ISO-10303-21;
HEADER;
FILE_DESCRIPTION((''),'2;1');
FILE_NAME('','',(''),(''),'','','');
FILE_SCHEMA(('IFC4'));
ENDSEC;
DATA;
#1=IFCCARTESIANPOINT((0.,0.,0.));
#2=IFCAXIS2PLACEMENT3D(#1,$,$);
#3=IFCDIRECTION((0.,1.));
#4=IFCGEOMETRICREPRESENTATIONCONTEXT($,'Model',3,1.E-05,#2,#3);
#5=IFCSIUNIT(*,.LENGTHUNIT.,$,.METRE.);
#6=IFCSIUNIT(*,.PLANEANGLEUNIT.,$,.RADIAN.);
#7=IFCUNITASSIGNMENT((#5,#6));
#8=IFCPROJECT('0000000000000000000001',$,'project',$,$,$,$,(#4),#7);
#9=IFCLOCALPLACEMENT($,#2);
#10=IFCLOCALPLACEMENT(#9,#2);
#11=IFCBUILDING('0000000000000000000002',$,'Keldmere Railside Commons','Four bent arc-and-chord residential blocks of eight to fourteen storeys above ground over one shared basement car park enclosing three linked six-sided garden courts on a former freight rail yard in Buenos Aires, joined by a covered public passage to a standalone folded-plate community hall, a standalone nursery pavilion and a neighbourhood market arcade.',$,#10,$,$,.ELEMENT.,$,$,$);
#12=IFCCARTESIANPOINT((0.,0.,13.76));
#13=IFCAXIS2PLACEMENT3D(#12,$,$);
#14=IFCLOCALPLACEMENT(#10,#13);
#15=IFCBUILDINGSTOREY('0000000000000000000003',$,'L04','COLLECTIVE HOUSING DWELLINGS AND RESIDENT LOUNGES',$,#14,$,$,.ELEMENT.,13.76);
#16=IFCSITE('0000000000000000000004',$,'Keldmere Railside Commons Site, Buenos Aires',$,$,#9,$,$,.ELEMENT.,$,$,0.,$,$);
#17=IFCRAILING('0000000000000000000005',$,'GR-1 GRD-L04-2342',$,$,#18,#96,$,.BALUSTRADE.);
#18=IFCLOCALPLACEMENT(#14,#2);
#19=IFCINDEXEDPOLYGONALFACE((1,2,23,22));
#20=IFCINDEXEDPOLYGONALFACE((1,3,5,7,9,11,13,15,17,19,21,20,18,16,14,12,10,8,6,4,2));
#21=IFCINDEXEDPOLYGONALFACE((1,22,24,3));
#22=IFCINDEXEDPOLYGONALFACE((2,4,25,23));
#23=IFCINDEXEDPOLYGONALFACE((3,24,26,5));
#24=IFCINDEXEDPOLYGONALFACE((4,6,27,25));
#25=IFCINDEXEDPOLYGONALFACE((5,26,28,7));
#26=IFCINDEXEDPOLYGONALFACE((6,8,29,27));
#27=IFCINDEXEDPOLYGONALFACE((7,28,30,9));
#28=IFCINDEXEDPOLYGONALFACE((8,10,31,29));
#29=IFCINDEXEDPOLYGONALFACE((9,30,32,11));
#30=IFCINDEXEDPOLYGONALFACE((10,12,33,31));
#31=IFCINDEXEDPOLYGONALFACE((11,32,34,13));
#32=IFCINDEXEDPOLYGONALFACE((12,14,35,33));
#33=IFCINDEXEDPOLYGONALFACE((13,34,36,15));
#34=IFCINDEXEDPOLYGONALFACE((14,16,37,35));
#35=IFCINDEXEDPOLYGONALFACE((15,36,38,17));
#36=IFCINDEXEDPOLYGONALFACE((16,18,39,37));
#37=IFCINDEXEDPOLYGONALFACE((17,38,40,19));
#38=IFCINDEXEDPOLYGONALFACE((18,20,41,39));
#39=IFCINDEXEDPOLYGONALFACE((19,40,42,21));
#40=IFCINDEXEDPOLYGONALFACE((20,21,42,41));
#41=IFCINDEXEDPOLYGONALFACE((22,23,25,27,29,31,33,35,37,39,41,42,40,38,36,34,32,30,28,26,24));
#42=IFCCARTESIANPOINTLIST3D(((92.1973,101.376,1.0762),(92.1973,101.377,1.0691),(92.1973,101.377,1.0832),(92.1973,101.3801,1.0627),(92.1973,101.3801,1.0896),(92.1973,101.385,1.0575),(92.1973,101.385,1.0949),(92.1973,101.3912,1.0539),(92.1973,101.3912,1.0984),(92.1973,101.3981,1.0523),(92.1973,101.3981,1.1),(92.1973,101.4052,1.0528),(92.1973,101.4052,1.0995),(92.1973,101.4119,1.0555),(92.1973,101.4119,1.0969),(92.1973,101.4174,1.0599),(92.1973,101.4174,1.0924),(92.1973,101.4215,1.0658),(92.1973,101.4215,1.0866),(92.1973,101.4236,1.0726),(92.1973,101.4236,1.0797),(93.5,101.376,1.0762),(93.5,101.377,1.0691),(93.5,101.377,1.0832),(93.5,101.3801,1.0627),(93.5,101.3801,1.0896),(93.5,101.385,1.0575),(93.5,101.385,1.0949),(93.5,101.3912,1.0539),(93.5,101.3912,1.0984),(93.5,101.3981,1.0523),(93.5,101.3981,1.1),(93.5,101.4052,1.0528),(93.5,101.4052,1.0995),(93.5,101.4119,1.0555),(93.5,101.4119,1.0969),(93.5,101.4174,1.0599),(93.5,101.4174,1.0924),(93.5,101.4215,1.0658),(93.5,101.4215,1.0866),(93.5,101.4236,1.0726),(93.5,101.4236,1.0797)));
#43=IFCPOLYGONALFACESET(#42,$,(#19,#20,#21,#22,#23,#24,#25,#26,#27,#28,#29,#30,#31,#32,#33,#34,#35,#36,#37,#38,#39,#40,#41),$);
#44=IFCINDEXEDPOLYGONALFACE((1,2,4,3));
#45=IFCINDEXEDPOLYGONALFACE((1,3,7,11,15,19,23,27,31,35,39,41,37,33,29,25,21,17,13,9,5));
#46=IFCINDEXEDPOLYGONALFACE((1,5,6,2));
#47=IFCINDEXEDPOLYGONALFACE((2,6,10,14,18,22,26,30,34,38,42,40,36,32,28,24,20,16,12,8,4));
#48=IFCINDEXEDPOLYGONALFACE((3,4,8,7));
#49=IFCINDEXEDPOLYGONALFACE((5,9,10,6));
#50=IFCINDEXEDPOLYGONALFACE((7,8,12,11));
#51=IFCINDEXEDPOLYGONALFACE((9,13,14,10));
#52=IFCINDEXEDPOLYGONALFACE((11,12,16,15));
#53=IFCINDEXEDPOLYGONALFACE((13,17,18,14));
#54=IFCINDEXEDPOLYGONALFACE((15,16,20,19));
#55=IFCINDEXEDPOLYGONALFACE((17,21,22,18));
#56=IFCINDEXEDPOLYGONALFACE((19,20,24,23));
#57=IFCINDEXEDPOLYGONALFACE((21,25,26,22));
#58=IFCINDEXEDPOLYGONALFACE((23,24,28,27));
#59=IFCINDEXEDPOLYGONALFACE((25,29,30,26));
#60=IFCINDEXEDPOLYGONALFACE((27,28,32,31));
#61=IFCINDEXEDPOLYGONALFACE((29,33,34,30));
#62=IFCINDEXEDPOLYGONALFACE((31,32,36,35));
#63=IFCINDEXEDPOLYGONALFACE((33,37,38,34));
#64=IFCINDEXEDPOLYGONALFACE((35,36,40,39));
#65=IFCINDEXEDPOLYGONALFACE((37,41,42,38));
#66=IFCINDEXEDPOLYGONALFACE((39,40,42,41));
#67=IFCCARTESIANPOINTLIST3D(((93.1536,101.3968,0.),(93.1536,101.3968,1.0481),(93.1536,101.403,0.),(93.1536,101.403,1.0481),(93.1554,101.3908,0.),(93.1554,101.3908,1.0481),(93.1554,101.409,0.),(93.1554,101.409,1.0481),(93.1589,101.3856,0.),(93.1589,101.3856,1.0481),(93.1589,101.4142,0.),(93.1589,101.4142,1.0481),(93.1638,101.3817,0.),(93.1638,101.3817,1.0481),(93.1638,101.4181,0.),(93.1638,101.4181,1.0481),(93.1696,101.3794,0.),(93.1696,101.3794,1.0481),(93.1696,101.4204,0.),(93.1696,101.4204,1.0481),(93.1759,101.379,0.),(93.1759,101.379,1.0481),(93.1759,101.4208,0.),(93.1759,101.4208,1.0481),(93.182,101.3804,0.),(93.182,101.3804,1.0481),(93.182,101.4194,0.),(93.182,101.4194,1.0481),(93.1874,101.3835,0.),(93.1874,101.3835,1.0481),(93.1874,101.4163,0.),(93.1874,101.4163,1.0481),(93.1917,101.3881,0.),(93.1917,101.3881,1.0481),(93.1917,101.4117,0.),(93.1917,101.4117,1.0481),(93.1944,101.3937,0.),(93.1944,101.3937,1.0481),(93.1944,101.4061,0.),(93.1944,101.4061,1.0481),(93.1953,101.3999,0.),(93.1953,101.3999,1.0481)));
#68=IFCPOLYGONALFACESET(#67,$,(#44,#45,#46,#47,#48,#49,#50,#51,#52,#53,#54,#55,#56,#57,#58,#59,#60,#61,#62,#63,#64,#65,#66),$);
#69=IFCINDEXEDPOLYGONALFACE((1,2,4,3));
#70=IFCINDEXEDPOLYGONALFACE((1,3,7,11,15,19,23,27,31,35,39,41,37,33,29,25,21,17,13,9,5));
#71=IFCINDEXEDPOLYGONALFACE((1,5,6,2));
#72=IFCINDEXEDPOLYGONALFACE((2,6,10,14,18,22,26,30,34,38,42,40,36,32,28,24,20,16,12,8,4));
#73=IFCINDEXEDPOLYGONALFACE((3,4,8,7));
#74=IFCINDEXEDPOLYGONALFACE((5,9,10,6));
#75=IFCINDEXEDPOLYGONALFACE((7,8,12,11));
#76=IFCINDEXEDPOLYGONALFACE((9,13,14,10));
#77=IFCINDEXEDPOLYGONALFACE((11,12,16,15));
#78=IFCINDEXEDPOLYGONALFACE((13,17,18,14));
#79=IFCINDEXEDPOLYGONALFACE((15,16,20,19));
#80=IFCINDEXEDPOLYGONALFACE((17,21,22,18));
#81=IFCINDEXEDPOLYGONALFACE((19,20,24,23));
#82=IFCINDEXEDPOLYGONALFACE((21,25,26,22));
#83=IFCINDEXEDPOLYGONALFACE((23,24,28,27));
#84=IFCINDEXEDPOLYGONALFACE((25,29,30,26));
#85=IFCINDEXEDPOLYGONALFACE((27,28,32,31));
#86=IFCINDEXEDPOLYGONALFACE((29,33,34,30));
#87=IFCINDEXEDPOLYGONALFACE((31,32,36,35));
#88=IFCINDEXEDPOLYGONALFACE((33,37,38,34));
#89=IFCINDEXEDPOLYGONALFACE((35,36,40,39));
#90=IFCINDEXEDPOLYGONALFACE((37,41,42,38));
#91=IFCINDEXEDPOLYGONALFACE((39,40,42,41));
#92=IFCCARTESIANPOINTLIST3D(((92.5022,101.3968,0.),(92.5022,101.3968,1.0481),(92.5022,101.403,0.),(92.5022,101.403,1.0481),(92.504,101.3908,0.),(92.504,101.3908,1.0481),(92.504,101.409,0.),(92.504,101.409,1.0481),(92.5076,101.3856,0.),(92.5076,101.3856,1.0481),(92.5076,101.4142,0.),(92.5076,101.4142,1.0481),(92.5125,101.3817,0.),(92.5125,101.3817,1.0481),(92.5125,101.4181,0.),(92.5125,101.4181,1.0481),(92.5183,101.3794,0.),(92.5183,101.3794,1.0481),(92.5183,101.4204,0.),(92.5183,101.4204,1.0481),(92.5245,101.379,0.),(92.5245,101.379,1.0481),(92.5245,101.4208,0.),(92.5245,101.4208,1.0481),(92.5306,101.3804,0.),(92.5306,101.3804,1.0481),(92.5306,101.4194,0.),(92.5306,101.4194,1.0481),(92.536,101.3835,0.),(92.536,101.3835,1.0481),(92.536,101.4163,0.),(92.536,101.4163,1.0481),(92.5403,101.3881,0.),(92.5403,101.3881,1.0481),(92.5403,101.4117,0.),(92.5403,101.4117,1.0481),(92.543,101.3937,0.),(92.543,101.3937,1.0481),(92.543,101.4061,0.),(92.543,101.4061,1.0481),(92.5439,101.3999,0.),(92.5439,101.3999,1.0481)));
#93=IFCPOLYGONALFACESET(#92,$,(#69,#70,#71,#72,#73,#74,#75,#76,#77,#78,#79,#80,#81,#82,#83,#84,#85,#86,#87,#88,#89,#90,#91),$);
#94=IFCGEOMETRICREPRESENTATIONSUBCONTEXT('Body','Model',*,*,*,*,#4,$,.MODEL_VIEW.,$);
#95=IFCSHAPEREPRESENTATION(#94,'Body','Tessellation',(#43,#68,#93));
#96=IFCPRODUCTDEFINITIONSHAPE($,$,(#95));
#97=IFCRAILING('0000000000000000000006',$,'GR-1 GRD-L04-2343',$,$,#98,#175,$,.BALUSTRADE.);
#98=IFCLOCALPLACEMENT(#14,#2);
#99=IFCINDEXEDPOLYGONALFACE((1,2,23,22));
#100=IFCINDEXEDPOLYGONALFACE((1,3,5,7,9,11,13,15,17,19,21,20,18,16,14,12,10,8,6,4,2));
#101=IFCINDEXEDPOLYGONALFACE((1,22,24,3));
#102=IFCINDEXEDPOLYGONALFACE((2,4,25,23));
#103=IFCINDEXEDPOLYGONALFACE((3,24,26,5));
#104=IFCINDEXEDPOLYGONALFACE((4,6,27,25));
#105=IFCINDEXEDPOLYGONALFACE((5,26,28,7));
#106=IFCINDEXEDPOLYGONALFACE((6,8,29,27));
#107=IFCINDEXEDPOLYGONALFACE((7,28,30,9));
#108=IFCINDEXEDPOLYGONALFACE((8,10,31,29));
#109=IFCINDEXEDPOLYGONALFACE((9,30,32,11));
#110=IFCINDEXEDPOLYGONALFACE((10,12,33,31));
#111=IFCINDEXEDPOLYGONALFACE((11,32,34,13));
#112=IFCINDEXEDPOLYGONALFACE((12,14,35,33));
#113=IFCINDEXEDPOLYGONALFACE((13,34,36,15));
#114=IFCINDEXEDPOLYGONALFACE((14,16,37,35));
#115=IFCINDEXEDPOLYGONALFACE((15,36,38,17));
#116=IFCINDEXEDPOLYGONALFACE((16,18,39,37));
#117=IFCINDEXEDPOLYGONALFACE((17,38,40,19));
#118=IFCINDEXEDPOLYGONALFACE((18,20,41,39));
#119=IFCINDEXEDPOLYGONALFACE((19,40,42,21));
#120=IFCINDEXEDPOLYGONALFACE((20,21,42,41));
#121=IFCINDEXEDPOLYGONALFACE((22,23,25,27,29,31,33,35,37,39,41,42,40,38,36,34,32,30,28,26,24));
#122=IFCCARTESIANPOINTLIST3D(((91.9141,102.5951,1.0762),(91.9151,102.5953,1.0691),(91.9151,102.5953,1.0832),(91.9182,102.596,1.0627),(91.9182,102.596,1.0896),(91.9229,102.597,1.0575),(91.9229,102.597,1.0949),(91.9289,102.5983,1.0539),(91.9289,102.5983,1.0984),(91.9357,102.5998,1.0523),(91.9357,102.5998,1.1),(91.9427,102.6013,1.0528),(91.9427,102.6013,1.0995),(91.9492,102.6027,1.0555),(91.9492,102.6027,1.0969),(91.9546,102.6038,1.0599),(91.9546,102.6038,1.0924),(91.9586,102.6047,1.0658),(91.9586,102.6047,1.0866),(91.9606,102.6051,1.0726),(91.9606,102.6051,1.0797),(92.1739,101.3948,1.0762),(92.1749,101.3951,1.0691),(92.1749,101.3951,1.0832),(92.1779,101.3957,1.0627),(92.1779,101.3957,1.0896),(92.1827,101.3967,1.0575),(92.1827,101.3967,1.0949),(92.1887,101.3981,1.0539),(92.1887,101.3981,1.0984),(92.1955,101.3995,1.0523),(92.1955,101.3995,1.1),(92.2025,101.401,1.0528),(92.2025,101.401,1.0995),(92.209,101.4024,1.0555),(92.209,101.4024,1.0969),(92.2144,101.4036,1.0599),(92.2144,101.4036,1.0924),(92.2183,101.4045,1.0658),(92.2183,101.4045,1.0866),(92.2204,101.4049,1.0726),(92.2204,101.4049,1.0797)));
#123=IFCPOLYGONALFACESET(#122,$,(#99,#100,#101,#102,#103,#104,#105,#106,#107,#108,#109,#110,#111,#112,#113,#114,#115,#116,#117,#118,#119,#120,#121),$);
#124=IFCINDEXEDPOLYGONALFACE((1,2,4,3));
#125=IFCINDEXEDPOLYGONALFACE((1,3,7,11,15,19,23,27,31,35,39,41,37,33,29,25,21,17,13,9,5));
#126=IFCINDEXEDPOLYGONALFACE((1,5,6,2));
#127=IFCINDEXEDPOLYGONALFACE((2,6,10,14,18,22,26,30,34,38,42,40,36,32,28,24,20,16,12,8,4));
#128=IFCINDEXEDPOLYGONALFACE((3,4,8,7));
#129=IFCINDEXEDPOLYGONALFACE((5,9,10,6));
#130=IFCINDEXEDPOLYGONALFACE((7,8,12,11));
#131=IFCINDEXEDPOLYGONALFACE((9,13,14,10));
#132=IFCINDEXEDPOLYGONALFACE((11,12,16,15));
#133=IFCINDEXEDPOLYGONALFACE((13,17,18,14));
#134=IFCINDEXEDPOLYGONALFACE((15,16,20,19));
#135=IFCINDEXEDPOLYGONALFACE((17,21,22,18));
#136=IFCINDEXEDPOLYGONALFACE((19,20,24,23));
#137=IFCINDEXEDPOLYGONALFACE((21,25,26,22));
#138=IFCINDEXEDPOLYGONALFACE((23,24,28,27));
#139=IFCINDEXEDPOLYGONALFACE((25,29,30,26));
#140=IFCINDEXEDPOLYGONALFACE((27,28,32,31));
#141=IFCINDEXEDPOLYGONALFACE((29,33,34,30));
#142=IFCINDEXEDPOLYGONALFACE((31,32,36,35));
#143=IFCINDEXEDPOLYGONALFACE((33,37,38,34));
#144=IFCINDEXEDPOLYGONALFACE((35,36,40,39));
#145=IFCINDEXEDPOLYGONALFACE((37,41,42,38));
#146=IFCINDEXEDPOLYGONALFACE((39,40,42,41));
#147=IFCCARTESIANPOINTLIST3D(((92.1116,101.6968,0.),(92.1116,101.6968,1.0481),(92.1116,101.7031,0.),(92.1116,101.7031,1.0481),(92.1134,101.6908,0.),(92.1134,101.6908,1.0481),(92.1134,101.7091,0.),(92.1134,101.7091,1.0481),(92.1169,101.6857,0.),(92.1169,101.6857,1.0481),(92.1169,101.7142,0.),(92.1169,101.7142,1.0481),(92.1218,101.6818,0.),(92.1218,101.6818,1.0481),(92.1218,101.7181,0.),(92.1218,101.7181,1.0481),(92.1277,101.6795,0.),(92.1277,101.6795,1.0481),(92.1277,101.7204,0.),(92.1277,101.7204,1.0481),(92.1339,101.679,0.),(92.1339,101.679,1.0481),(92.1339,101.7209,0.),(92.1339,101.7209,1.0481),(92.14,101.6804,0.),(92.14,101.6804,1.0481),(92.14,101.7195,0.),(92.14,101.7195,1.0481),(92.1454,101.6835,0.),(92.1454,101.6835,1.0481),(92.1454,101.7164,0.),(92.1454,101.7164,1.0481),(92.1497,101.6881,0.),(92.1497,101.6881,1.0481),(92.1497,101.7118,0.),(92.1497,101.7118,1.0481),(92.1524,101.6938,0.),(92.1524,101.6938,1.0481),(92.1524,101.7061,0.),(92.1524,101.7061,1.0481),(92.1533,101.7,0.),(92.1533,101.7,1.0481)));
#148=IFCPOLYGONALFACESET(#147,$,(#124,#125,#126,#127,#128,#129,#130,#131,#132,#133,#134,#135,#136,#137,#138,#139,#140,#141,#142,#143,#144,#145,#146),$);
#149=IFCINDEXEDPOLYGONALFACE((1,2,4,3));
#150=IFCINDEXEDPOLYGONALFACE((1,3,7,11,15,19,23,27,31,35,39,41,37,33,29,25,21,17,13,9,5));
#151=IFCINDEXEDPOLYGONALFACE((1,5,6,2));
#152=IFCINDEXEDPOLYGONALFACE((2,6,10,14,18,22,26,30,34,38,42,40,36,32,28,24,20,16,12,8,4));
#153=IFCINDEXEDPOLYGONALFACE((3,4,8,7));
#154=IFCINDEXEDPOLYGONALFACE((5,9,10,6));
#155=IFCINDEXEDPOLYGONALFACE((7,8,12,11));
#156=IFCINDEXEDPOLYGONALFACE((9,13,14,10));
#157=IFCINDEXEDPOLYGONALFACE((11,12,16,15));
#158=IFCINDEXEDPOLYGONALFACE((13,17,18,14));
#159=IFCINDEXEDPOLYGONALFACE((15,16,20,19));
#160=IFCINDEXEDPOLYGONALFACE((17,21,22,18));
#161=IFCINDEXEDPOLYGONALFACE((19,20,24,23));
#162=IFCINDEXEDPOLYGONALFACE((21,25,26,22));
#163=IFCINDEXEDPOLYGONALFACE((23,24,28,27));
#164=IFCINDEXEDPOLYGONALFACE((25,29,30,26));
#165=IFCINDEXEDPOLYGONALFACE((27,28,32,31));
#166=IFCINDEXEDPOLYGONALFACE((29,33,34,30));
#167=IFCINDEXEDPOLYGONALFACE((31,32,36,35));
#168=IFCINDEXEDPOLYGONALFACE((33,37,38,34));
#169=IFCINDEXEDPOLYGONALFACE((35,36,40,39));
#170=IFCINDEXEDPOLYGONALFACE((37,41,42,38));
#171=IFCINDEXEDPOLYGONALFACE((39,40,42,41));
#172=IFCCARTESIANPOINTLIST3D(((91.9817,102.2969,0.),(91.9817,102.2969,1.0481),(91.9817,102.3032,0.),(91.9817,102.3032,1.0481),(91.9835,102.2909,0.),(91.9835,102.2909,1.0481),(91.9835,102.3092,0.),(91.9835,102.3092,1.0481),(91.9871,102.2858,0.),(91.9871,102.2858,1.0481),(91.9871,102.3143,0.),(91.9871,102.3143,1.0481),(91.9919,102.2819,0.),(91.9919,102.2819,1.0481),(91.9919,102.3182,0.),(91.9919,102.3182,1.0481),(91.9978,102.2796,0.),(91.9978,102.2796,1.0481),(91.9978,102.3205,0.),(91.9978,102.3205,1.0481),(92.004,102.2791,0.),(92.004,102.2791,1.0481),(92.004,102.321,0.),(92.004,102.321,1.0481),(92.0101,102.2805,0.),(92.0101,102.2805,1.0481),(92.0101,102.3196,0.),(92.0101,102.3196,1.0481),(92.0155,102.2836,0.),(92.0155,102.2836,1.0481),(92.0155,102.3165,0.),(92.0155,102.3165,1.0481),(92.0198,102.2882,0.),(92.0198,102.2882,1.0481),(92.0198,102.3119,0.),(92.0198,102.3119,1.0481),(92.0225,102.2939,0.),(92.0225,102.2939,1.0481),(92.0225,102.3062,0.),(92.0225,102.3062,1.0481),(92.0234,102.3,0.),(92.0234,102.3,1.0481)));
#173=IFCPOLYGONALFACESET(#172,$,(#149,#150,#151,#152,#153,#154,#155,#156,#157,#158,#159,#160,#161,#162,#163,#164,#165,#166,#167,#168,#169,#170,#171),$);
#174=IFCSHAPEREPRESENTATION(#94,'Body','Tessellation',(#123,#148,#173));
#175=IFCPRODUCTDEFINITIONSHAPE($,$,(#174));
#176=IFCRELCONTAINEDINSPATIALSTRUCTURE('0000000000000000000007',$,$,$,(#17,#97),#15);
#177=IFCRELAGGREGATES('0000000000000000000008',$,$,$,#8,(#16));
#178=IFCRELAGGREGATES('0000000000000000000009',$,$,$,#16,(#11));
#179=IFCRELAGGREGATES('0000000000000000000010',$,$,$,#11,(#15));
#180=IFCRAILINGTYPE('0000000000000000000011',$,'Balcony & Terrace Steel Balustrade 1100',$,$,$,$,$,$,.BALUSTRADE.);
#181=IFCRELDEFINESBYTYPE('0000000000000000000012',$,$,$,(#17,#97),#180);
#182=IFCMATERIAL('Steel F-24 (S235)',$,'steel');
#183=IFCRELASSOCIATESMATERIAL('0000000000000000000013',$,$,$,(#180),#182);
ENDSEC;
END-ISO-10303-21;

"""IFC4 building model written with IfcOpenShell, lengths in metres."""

from ifc_helpers import new_model, si_unit, direction, frame, origin, origin_2d, place, context, subcontext, project, spatial, circle, extrude, material, type_object, element, save


model = new_model("IFC4")

# Units and contexts
model_context = context("Model", 3, precision=1e-05, world=origin(), true_north=direction((0.0, 1.0)))
body_context = subcontext(model_context, "Body", "Model", "MODEL_VIEW")
ifc_project = project(units=[si_unit("LENGTHUNIT", "METRE"), si_unit("PLANEANGLEUNIT", "RADIAN")], contexts=[model_context])

# Site, building, storey
site_placement = place(None, origin())
site = spatial("IfcSite", under=ifc_project, at=site_placement, Name="Keldmere Railside Commons Site, Buenos Aires", CompositionType="ELEMENT", RefElevation=0.0)
building_placement = place(site_placement, origin())
building = spatial("IfcBuilding", under=site, at=building_placement, Name="Keldmere Railside Commons", Description="Four bent arc-and-chord residential blocks of eight to fourteen storeys above ground over one shared basement car park enclosing three linked six-sided garden courts on a former freight rail yard in Buenos Aires, joined by a covered public passage to a standalone folded-plate community hall, a standalone nursery pavilion and a neighbourhood market arcade.", CompositionType="ELEMENT")
storey_placement = place(building_placement, frame((0.0, 0.0, 13.76)))
storey = spatial("IfcBuildingStorey", under=building, at=storey_placement, Name="L04", Description="COLLECTIVE HOUSING DWELLINGS AND RESIDENT LOUNGES", CompositionType="ELEMENT", Elevation=13.76)

# Railings
ifc_material = material(Name="Steel F-24 (S235)", Category="steel")
railing_type = type_object("IfcRailingType", Name="Balcony & Terrace Steel Balustrade 1100", PredefinedType="BALUSTRADE", material=ifc_material)
railing_1_placement = place(storey_placement, frame((93.5, 101.3999, 0.0)))
element("IfcRailing", 1, at=railing_1_placement, inside=storey, type_object=railing_type, Name="GR-1 GRD-L04-2342", PredefinedType="BALUSTRADE", context=body_context, shape_type="SweptSolid", body=[
    extrude(circle(Radius=0.0239, at=origin_2d()), frame((0.0, 0.0, 1.0762), z_axis=(-1.0, 0.0, 0.0), x_axis=(0.0, -1.0, 0.0)), (0.0, 0.0, 1.0), 1.3027),
    extrude(circle(Radius=0.021, at=origin_2d()), frame((-0.3257, 0.0, 0.0)), (0.0, 0.0, 1.0), 1.0481),
    extrude(circle(Radius=0.021, at=origin_2d()), frame((-0.9771, 0.0, 0.0)), (0.0, 0.0, 1.0), 1.0481),
])
railing_2_placement = place(storey_placement, frame((92.1973, 101.3999, 0.0)))
element("IfcRailing", 2, at=railing_2_placement, inside=storey, type_object=railing_type, Name="GR-1 GRD-L04-2343", PredefinedType="BALUSTRADE", context=body_context, shape_type="SweptSolid", body=[
    extrude(circle(Radius=0.0239, at=origin_2d()), frame((0.0, 0.0, 1.0762), z_axis=(-0.211538, 0.97737, 0.0), x_axis=(-0.97737, -0.211538, 0.0)), (0.0, 0.0, 1.0), 1.228),
    extrude(circle(Radius=0.021, at=origin_2d()), frame((-0.0649, 0.3, 0.0)), (0.0, 0.0, 1.0), 1.0481),
    extrude(circle(Radius=0.021, at=origin_2d()), frame((-0.1948, 0.9001, 0.0)), (0.0, 0.0, 1.0), 1.0481),
])

save(model, "model.ifc")
